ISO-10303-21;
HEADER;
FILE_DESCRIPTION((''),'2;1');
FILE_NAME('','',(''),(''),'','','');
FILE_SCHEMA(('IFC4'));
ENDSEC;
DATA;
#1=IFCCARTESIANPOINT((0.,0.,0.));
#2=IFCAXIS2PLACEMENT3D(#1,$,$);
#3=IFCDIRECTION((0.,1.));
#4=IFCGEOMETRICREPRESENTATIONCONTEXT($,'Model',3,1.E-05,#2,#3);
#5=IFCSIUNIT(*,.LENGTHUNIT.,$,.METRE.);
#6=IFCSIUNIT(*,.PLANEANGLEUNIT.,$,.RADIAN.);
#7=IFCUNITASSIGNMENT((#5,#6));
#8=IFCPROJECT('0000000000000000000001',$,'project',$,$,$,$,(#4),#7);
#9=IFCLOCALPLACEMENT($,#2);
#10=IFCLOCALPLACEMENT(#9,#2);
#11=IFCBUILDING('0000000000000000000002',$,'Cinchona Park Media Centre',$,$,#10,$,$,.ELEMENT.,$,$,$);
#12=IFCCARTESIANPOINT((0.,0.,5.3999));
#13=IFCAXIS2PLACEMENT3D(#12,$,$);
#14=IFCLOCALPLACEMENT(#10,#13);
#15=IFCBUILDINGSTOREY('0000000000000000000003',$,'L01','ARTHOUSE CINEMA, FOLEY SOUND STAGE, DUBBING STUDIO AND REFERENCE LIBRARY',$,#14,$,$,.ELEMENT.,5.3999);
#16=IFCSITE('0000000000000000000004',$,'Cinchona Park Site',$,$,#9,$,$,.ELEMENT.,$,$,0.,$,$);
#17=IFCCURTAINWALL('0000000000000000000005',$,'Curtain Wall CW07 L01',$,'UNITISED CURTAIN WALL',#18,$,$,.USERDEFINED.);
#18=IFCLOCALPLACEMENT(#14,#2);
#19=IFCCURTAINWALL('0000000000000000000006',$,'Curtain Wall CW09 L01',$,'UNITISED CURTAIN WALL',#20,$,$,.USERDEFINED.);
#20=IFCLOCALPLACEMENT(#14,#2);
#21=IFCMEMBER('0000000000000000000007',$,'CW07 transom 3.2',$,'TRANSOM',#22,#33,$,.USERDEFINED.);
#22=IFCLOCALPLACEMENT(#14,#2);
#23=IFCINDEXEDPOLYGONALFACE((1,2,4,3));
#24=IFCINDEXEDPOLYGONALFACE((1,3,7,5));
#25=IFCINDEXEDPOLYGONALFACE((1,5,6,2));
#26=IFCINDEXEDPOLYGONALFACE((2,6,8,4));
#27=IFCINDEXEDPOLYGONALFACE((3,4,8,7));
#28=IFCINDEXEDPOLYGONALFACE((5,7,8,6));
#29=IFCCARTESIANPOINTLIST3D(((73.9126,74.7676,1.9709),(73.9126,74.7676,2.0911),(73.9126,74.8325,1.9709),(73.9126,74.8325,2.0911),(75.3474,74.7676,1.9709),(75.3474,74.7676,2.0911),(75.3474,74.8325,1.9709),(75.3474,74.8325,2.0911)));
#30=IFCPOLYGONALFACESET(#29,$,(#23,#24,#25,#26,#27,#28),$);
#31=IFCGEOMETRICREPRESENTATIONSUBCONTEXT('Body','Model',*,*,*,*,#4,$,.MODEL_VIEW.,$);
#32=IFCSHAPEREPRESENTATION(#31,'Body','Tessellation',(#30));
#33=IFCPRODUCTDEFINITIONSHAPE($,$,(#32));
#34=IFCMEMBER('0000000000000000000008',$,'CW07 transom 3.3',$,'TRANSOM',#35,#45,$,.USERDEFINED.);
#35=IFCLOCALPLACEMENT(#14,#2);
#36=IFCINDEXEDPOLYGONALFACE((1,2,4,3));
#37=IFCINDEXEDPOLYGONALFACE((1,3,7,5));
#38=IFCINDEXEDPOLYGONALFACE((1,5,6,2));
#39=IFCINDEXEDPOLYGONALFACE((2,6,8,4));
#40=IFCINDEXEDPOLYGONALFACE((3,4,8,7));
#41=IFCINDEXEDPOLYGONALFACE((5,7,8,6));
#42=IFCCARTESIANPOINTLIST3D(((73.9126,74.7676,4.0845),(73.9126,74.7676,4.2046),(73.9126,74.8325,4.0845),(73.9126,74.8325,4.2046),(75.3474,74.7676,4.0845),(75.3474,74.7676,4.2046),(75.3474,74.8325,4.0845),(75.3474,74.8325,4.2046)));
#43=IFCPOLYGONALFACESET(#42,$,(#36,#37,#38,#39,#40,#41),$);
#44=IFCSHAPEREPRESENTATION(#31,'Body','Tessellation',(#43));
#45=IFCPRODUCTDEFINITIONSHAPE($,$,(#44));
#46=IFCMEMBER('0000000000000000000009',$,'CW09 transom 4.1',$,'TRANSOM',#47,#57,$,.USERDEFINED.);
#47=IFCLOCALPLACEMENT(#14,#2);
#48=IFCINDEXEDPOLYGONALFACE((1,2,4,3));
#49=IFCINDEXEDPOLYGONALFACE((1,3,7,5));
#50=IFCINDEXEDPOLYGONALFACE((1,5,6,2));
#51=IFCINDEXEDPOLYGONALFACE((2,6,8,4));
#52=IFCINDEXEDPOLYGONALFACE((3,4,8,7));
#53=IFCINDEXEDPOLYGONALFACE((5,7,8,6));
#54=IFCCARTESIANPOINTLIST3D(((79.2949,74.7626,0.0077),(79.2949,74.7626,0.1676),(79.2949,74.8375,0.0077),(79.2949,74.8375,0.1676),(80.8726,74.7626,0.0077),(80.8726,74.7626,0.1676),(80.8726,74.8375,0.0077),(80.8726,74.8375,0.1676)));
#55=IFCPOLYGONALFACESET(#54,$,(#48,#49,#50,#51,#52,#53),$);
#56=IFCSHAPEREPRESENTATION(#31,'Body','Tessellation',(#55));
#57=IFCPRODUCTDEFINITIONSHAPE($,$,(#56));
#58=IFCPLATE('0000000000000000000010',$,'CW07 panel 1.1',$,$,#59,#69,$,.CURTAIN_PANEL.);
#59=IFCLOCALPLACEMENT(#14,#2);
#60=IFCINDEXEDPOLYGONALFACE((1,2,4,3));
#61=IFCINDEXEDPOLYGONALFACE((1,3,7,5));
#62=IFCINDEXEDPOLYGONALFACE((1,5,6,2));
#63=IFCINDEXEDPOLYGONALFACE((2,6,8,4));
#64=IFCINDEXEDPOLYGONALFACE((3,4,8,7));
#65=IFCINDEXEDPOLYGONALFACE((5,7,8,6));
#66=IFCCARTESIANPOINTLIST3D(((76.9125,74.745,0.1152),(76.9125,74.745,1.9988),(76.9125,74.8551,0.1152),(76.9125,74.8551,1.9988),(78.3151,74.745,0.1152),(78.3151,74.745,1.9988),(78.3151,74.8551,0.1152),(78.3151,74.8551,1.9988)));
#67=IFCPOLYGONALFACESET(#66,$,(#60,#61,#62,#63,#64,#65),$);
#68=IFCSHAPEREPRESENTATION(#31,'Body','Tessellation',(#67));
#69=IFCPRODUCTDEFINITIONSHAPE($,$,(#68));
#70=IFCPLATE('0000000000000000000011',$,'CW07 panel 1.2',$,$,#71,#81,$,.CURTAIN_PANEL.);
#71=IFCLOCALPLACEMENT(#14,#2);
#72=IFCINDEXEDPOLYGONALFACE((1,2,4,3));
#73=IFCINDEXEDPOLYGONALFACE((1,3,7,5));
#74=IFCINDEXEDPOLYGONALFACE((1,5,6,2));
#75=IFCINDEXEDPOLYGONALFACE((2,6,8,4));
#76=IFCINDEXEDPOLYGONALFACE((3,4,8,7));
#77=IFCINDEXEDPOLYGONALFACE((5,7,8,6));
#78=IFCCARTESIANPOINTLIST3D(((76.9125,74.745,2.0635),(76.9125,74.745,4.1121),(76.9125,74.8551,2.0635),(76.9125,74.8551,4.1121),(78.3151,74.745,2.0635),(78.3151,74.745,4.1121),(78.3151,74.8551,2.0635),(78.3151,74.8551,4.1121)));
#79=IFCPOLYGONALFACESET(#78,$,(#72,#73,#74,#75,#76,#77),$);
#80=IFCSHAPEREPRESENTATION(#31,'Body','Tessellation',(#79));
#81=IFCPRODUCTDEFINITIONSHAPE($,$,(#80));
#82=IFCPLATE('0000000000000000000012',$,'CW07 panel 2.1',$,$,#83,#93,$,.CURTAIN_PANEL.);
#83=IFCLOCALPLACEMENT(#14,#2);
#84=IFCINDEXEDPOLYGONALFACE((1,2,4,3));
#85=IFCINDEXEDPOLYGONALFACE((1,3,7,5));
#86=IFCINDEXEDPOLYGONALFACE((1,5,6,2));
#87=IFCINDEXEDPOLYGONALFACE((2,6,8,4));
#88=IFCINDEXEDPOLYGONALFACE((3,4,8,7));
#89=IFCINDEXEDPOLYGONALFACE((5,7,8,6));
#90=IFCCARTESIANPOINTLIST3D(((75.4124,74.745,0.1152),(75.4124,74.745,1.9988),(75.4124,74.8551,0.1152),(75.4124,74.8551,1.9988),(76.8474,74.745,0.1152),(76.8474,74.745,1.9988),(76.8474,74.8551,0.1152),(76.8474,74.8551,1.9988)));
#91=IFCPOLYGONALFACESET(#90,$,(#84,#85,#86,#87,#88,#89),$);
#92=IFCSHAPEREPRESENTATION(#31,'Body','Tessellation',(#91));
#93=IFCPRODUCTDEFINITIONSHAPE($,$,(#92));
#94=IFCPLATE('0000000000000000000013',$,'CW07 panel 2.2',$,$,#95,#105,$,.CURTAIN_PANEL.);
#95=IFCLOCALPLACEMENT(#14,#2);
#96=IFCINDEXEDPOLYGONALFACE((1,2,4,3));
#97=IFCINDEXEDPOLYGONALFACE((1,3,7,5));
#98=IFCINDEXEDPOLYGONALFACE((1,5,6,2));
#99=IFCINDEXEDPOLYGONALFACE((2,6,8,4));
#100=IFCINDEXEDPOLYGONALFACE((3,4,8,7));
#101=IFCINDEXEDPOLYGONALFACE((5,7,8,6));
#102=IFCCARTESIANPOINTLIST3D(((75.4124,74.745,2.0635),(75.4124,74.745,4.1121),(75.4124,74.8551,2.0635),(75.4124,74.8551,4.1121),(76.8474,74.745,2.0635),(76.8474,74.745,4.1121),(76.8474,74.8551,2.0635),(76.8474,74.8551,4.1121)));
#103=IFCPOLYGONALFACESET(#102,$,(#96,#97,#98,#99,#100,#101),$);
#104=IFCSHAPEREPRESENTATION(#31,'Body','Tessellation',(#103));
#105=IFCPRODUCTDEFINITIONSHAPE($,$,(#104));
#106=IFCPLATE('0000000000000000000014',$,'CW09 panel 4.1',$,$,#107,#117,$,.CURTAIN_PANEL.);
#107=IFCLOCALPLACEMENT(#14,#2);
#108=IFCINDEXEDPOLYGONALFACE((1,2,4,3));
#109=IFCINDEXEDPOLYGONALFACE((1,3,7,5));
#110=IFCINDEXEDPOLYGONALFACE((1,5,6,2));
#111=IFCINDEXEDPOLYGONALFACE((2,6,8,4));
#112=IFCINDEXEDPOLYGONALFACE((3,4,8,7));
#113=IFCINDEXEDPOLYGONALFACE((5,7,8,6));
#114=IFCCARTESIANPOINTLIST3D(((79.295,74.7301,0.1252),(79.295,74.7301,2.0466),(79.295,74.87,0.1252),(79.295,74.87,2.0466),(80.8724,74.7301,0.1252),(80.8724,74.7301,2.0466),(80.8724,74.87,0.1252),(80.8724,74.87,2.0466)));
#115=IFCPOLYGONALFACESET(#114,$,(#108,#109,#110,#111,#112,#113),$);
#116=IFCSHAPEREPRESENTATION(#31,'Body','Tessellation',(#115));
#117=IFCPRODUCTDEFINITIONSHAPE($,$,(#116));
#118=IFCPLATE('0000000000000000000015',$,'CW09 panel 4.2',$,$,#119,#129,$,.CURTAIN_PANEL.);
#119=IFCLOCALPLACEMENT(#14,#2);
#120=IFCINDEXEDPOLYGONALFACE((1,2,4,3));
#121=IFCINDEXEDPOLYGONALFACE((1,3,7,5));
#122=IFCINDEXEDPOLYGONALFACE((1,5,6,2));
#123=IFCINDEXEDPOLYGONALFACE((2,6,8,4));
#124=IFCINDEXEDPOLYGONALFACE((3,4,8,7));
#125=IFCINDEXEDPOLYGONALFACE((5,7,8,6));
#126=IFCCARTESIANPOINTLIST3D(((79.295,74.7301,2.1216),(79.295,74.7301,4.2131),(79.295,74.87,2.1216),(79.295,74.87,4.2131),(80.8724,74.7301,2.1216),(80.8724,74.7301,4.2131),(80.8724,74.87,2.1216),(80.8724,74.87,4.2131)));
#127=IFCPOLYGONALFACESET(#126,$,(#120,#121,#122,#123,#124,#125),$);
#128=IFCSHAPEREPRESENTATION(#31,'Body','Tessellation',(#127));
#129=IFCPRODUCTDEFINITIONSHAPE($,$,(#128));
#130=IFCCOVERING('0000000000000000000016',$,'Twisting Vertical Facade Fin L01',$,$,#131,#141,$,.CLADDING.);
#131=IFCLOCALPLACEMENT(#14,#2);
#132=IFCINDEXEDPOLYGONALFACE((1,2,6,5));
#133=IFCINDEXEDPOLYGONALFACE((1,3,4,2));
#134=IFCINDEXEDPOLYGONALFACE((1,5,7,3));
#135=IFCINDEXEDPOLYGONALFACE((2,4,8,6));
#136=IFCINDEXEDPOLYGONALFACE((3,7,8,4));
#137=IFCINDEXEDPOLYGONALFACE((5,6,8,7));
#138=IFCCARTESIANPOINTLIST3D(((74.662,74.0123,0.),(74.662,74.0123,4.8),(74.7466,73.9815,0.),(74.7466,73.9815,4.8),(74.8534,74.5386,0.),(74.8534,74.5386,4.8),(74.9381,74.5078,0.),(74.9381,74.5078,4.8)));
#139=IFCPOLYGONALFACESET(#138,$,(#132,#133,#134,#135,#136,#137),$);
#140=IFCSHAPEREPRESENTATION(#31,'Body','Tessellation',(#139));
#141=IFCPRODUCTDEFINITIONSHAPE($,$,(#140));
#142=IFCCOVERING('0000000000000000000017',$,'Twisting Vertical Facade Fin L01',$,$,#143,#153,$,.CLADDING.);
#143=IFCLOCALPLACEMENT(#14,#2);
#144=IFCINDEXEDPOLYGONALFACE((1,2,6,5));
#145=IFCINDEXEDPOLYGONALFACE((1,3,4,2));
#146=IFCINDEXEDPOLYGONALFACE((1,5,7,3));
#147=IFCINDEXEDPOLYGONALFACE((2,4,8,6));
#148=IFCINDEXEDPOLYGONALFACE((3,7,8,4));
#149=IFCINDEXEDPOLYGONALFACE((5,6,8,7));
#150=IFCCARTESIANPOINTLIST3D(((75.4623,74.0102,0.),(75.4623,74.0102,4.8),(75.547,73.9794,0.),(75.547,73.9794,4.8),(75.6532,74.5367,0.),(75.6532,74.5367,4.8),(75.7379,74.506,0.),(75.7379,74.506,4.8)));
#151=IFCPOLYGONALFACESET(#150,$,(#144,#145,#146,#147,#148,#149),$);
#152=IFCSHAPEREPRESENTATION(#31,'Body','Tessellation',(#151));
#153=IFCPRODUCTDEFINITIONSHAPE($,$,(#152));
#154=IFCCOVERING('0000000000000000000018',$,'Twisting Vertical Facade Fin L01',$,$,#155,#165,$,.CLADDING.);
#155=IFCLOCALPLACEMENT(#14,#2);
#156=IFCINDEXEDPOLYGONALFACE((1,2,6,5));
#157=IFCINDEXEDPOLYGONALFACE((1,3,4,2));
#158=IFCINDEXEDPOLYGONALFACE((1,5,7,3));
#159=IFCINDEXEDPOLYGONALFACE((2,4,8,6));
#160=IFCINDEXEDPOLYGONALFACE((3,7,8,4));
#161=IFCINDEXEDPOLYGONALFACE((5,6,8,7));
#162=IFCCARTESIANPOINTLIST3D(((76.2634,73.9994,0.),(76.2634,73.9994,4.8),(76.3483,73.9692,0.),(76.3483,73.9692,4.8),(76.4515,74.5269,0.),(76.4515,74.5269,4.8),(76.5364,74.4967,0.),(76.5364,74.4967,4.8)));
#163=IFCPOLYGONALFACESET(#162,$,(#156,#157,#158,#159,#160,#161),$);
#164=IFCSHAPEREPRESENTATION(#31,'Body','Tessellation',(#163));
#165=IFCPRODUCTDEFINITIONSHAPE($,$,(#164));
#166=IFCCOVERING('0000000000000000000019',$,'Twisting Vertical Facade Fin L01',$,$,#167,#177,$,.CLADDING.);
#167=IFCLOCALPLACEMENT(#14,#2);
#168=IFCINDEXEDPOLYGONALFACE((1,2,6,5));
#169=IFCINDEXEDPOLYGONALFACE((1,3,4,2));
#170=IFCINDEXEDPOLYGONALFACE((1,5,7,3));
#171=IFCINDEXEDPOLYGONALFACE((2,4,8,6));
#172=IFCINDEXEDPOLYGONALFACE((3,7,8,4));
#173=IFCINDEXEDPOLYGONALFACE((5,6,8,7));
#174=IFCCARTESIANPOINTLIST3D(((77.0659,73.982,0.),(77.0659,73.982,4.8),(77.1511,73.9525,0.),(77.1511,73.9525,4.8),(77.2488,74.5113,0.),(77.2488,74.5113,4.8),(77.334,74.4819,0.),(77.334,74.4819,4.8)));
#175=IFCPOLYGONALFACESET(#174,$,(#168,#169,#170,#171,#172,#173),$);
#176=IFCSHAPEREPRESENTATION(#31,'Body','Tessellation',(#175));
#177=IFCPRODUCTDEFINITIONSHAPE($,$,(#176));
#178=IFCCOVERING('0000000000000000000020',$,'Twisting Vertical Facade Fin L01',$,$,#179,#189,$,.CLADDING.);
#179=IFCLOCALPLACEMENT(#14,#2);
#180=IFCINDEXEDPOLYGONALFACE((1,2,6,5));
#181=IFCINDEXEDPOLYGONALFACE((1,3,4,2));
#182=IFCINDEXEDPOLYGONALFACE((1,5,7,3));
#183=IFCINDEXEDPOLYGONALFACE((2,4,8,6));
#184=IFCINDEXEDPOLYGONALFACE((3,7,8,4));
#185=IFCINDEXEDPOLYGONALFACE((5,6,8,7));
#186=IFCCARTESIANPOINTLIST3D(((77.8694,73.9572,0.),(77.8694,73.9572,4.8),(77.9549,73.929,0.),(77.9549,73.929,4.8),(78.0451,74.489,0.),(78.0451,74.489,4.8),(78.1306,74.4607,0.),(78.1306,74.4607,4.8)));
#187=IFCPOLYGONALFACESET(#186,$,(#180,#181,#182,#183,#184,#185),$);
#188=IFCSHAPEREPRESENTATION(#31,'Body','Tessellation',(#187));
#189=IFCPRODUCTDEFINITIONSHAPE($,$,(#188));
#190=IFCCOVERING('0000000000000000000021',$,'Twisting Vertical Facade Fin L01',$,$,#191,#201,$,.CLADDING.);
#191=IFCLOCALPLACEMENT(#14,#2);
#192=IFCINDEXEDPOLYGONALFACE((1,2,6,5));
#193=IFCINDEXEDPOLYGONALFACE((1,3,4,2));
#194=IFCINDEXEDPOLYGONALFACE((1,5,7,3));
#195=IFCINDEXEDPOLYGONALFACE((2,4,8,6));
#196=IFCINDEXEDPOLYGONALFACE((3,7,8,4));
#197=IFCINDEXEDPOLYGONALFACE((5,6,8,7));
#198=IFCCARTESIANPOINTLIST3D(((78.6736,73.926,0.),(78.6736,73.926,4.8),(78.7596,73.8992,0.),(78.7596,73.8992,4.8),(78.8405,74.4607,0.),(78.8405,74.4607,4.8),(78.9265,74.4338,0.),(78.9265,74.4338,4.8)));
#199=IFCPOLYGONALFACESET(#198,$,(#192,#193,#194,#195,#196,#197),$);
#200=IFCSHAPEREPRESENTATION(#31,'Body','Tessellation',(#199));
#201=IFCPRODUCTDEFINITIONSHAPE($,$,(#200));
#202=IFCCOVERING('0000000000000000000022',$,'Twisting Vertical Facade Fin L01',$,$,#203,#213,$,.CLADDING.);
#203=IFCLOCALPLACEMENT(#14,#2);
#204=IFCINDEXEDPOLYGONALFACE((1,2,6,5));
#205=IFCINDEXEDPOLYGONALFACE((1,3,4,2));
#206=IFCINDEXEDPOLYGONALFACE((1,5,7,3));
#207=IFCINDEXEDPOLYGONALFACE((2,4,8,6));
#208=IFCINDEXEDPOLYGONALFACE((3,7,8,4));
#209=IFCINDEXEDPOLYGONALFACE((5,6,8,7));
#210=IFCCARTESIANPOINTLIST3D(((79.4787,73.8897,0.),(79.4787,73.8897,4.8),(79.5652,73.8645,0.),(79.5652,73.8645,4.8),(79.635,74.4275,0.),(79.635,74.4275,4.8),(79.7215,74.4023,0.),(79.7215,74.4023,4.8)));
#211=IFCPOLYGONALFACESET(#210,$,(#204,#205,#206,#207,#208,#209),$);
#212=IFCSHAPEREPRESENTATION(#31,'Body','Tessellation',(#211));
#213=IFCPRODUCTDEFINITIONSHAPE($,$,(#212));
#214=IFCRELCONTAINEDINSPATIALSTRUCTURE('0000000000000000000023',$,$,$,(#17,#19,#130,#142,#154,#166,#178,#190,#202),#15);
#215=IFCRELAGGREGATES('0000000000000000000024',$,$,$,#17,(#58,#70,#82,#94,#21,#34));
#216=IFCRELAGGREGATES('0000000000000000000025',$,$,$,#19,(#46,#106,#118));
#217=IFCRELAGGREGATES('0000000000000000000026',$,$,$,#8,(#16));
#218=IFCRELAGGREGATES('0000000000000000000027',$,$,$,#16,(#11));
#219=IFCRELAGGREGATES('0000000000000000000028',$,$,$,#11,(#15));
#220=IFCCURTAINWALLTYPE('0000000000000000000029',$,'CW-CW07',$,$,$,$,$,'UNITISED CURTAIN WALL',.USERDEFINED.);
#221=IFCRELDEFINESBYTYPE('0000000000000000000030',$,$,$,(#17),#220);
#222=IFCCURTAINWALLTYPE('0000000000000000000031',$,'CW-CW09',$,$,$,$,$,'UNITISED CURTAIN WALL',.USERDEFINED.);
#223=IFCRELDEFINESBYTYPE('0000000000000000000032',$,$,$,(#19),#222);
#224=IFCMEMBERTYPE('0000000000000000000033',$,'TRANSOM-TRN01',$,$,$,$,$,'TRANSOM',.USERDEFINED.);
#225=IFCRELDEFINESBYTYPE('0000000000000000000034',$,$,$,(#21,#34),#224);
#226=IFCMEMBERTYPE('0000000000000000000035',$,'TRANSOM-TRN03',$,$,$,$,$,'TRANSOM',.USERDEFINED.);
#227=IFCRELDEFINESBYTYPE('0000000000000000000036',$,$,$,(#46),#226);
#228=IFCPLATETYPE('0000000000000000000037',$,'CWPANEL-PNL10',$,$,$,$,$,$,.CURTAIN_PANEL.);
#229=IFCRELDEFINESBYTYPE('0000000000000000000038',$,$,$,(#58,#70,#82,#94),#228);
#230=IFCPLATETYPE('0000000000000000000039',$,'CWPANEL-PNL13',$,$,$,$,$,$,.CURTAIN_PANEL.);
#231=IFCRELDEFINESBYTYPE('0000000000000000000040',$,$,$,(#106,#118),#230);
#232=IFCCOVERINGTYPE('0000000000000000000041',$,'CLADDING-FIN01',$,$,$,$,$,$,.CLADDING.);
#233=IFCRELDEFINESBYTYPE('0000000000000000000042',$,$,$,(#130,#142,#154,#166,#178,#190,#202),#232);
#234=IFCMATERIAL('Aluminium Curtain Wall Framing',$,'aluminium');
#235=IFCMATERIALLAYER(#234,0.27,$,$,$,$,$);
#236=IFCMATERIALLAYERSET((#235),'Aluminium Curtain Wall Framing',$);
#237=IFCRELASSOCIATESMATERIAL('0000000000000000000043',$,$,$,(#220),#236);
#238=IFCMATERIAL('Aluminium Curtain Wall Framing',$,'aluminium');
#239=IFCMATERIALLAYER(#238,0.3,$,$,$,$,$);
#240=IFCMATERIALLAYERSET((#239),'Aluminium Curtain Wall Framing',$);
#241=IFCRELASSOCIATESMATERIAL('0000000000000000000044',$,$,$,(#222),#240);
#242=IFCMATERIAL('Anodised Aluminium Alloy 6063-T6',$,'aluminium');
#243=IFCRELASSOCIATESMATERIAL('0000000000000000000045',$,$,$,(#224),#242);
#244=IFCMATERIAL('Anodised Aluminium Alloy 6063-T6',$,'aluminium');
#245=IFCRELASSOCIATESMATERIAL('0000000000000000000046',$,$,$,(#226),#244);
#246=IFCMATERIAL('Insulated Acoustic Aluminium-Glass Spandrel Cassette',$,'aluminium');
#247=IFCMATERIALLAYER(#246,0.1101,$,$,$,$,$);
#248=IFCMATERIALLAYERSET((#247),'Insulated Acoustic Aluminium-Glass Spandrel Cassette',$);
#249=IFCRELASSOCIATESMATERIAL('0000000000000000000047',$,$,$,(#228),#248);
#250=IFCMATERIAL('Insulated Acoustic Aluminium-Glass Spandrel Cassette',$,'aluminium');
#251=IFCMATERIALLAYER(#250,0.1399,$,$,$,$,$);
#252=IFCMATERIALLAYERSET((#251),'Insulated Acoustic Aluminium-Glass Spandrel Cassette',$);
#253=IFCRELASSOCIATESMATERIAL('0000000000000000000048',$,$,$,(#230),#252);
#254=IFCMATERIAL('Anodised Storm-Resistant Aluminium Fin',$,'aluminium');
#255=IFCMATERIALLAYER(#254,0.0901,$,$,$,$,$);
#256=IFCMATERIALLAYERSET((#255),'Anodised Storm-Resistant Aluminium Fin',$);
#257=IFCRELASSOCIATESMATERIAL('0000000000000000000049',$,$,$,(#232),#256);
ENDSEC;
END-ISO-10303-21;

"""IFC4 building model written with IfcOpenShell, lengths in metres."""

from ifc_helpers import new_model, si_unit, direction, frame, origin, origin_2d, place, context, subcontext, project, spatial, rectangle, extrude, material, layer, layer_set, material_profile, profile_set, type_object, element, aggregate, save


model = new_model("IFC4")

# Units and contexts
model_context = context("Model", 3, precision=1e-05, world=origin(), true_north=direction((0.0, 1.0)))
body_context = subcontext(model_context, "Body", "Model", "MODEL_VIEW")
ifc_project = project(units=[si_unit("LENGTHUNIT", "METRE"), si_unit("PLANEANGLEUNIT", "RADIAN")], contexts=[model_context])

# Site, building, storey
site_placement = place(None, origin())
site = spatial("IfcSite", under=ifc_project, at=site_placement, Name="Cinchona Park Site", CompositionType="ELEMENT", RefElevation=0.0)
building_placement = place(site_placement, origin())
building = spatial("IfcBuilding", under=site, at=building_placement, Name="Cinchona Park Media Centre", CompositionType="ELEMENT")
storey_placement = place(building_placement, frame((0.0, 0.0, 5.3999)))
storey = spatial("IfcBuildingStorey", under=building, at=storey_placement, Name="L01", Description="ARTHOUSE CINEMA, FOLEY SOUND STAGE, DUBBING STUDIO AND REFERENCE LIBRARY", CompositionType="ELEMENT", Elevation=5.3999)

# Curtain wall
ifc_material_1 = material(Name="Aluminium Curtain Wall Framing", Category="aluminium")
ifc_layer_1 = layer(ifc_material_1, 0.27)
ifc_layer_set_1 = layer_set([ifc_layer_1], Name="Aluminium Curtain Wall Framing")
curtain_wall_type_1 = type_object("IfcCurtainWallType", Name="CW-CW07", ElementType="UNITISED CURTAIN WALL", PredefinedType="USERDEFINED", material=ifc_layer_set_1)
curtain_wall_1_placement = place(storey_placement, origin())
curtain_wall_1 = element("IfcCurtainWall", 1, at=curtain_wall_1_placement, inside=storey, type_object=curtain_wall_type_1, Name="Curtain Wall CW07 L01", ObjectType="UNITISED CURTAIN WALL", PredefinedType="USERDEFINED")

# Curtain wall
ifc_material_2 = material(Name="Aluminium Curtain Wall Framing", Category="aluminium")
ifc_layer_2 = layer(ifc_material_2, 0.3)
ifc_layer_set_2 = layer_set([ifc_layer_2], Name="Aluminium Curtain Wall Framing")
curtain_wall_type_2 = type_object("IfcCurtainWallType", Name="CW-CW09", ElementType="UNITISED CURTAIN WALL", PredefinedType="USERDEFINED", material=ifc_layer_set_2)
curtain_wall_2_placement = place(storey_placement, origin())
curtain_wall_2 = element("IfcCurtainWall", 2, at=curtain_wall_2_placement, inside=storey, type_object=curtain_wall_type_2, Name="Curtain Wall CW09 L01", ObjectType="UNITISED CURTAIN WALL", PredefinedType="USERDEFINED")

# Members
ifc_material_3 = material(Name="Anodised Aluminium Alloy 6063-T6", Category="aluminium")
ifc_material_profile_1 = material_profile(ifc_material_3, rectangle(XDim=0.0649, YDim=0.1201, at=origin_2d()), Name="TRN-65X120")
ifc_profile_set_1 = profile_set([ifc_material_profile_1], Name="Anodised Aluminium Alloy 6063-T6")
member_type_1 = type_object("IfcMemberType", Name="TRANSOM-TRN01", ElementType="TRANSOM", PredefinedType="USERDEFINED", material=ifc_profile_set_1)
member_1_placement = place(storey_placement, frame((75.3474, 74.8, 2.031), z_axis=(-1.0, 0.0, 0.0), x_axis=(0.0, -1.0, 0.0)))
member_1 = element("IfcMember", 3, at=member_1_placement, type_object=member_type_1, Name="CW07 transom 3.2", ObjectType="TRANSOM", PredefinedType="USERDEFINED", context=body_context, shape_type="SweptSolid", body=[
    extrude(rectangle(XDim=0.0649, YDim=0.1201, at=origin_2d()), origin(), (0.0, 0.0, 1.0), 1.4348),
])
member_2_placement = place(storey_placement, frame((75.3474, 74.8, 4.1445), z_axis=(-1.0, 0.0, 0.0), x_axis=(0.0, -1.0, 0.0)))
member_2 = element("IfcMember", 4, at=member_2_placement, type_object=member_type_1, Name="CW07 transom 3.3", ObjectType="TRANSOM", PredefinedType="USERDEFINED", context=body_context, shape_type="SweptSolid", body=[
    extrude(rectangle(XDim=0.0649, YDim=0.1201, at=origin_2d()), origin(), (0.0, 0.0, 1.0), 1.4348),
])
ifc_material_4 = material(Name="Anodised Aluminium Alloy 6063-T6", Category="aluminium")
ifc_material_profile_2 = material_profile(ifc_material_4, rectangle(XDim=0.075, YDim=0.1599, at=origin_2d()), Name="TRN-75X160")
ifc_profile_set_2 = profile_set([ifc_material_profile_2], Name="Anodised Aluminium Alloy 6063-T6")
member_type_2 = type_object("IfcMemberType", Name="TRANSOM-TRN03", ElementType="TRANSOM", PredefinedType="USERDEFINED", material=ifc_profile_set_2)
member_3_placement = place(storey_placement, frame((80.8726, 74.8, 0.0876), z_axis=(-1.0, 0.0, 0.0), x_axis=(0.0, -1.0, 0.0)))
member_3 = element("IfcMember", 5, at=member_3_placement, type_object=member_type_2, Name="CW09 transom 4.1", ObjectType="TRANSOM", PredefinedType="USERDEFINED", context=body_context, shape_type="SweptSolid", body=[
    extrude(rectangle(XDim=0.075, YDim=0.1599, at=origin_2d()), origin(), (0.0, 0.0, 1.0), 1.5776),
])

# Plates
ifc_material_5 = material(Name="Insulated Acoustic Aluminium-Glass Spandrel Cassette", Category="aluminium")
ifc_layer_3 = layer(ifc_material_5, 0.1101)
ifc_layer_set_3 = layer_set([ifc_layer_3], Name="Insulated Acoustic Aluminium-Glass Spandrel Cassette")
plate_type_1 = type_object("IfcPlateType", Name="CWPANEL-PNL10", PredefinedType="CURTAIN_PANEL", material=ifc_layer_set_3)
plate_1_placement = place(storey_placement, frame((77.6138, 74.8, 0.1152), z_axis=(0.0, 0.0, 1.0), x_axis=(-1.0, 0.0, 0.0)))
plate_1 = element("IfcPlate", 6, at=plate_1_placement, type_object=plate_type_1, Name="CW07 panel 1.1", PredefinedType="CURTAIN_PANEL", context=body_context, shape_type="SweptSolid", body=[
    extrude(rectangle(XDim=1.4026, YDim=0.1101, at=origin_2d()), origin(), (0.0, 0.0, 1.0), 1.8835),
])
plate_2_placement = place(storey_placement, frame((77.6138, 74.8, 2.0635), z_axis=(0.0, 0.0, 1.0), x_axis=(-1.0, 0.0, 0.0)))
plate_2 = element("IfcPlate", 7, at=plate_2_placement, type_object=plate_type_1, Name="CW07 panel 1.2", PredefinedType="CURTAIN_PANEL", context=body_context, shape_type="SweptSolid", body=[
    extrude(rectangle(XDim=1.4026, YDim=0.1101, at=origin_2d()), origin(), (0.0, 0.0, 1.0), 2.0486),
])
plate_3_placement = place(storey_placement, frame((76.1299, 74.8, 0.1152), z_axis=(0.0, 0.0, 1.0), x_axis=(-1.0, 0.0, 0.0)))
plate_3 = element("IfcPlate", 8, at=plate_3_placement, type_object=plate_type_1, Name="CW07 panel 2.1", PredefinedType="CURTAIN_PANEL", context=body_context, shape_type="SweptSolid", body=[
    extrude(rectangle(XDim=1.4351, YDim=0.1101, at=origin_2d()), origin(), (0.0, 0.0, 1.0), 1.8835),
])
plate_4_placement = place(storey_placement, frame((76.1299, 74.8, 2.0635), z_axis=(0.0, 0.0, 1.0), x_axis=(-1.0, 0.0, 0.0)))
plate_4 = element("IfcPlate", 9, at=plate_4_placement, type_object=plate_type_1, Name="CW07 panel 2.2", PredefinedType="CURTAIN_PANEL", context=body_context, shape_type="SweptSolid", body=[
    extrude(rectangle(XDim=1.4351, YDim=0.1101, at=origin_2d()), origin(), (0.0, 0.0, 1.0), 2.0486),
])
aggregate(curtain_wall_1, [plate_1, plate_2, plate_3, plate_4, member_1, member_2])
ifc_material_6 = material(Name="Insulated Acoustic Aluminium-Glass Spandrel Cassette", Category="aluminium")
ifc_layer_4 = layer(ifc_material_6, 0.1399)
ifc_layer_set_4 = layer_set([ifc_layer_4], Name="Insulated Acoustic Aluminium-Glass Spandrel Cassette")
plate_type_2 = type_object("IfcPlateType", Name="CWPANEL-PNL13", PredefinedType="CURTAIN_PANEL", material=ifc_layer_set_4)
plate_5_placement = place(storey_placement, frame((80.0837, 74.8, 0.1252), z_axis=(0.0, 0.0, 1.0), x_axis=(-1.0, 0.0, 0.0)))
plate_5 = element("IfcPlate", 10, at=plate_5_placement, type_object=plate_type_2, Name="CW09 panel 4.1", PredefinedType="CURTAIN_PANEL", context=body_context, shape_type="SweptSolid", body=[
    extrude(rectangle(XDim=1.5774, YDim=0.1399, at=origin_2d()), origin(), (0.0, 0.0, 1.0), 1.9214),
])
plate_6_placement = place(storey_placement, frame((80.0837, 74.8, 2.1216), z_axis=(0.0, 0.0, 1.0), x_axis=(-1.0, 0.0, 0.0)))
plate_6 = element("IfcPlate", 11, at=plate_6_placement, type_object=plate_type_2, Name="CW09 panel 4.2", PredefinedType="CURTAIN_PANEL", context=body_context, shape_type="SweptSolid", body=[
    extrude(rectangle(XDim=1.5774, YDim=0.1399, at=origin_2d()), origin(), (0.0, 0.0, 1.0), 2.0916),
])
aggregate(curtain_wall_2, [member_3, plate_5, plate_6])

# Coverings
ifc_material_7 = material(Name="Anodised Storm-Resistant Aluminium Fin", Category="aluminium")
ifc_layer_5 = layer(ifc_material_7, 0.0901)
ifc_layer_set_5 = layer_set([ifc_layer_5], Name="Anodised Storm-Resistant Aluminium Fin")
covering_type = type_object("IfcCoveringType", Name="CLADDING-FIN01", PredefinedType="CLADDING", material=ifc_layer_set_5)
for number, where, z_axis, x_axis, name in (
    (12, (74.8, 74.26, 0.0), (0.0, 0.0, 1.0), (0.341856, 0.939752, 0.0), "Twisting Vertical Facade Fin L01"),
    (13, (75.6001, 74.2581, 0.0), (0.0, 0.0, 1.0), (0.340872, 0.94011, 0.0), "Twisting Vertical Facade Fin L01"),
    (14, (76.3999, 74.248, 0.0), (0.0, 0.0, 1.0), (0.33578, 0.94194, 0.0), "Twisting Vertical Facade Fin L01"),
    (15, (77.2, 74.2319, 0.0), (0.0, 0.0, 1.0), (0.326558, 0.945177, 0.0), "Twisting Vertical Facade Fin L01"),
    (16, (78.0, 74.209, 0.0), (0.0, 0.0, 1.0), (0.313827, 0.94948, 0.0), "Twisting Vertical Facade Fin L01"),
    (17, (78.8, 74.1799, 0.0), (0.0, 0.0, 1.0), (0.297875, 0.954605, 0.0), "Twisting Vertical Facade Fin L01"),
    (18, (79.6001, 74.146, 0.0), (0.0, 0.0, 1.0), (0.279159, 0.960245, 0.0), "Twisting Vertical Facade Fin L01"),
):
    element("IfcCovering", number, at=place(storey_placement, frame(where, z_axis=z_axis, x_axis=x_axis)), inside=storey, type_object=covering_type, Name=name, PredefinedType="CLADDING", context=body_context, shape_type="SweptSolid", body=[
        extrude(rectangle(XDim=0.5601, YDim=0.0901, at=origin_2d()), origin(), (0.0, 0.0, 1.0), 4.8),
    ])

save(model, "model.ifc")
